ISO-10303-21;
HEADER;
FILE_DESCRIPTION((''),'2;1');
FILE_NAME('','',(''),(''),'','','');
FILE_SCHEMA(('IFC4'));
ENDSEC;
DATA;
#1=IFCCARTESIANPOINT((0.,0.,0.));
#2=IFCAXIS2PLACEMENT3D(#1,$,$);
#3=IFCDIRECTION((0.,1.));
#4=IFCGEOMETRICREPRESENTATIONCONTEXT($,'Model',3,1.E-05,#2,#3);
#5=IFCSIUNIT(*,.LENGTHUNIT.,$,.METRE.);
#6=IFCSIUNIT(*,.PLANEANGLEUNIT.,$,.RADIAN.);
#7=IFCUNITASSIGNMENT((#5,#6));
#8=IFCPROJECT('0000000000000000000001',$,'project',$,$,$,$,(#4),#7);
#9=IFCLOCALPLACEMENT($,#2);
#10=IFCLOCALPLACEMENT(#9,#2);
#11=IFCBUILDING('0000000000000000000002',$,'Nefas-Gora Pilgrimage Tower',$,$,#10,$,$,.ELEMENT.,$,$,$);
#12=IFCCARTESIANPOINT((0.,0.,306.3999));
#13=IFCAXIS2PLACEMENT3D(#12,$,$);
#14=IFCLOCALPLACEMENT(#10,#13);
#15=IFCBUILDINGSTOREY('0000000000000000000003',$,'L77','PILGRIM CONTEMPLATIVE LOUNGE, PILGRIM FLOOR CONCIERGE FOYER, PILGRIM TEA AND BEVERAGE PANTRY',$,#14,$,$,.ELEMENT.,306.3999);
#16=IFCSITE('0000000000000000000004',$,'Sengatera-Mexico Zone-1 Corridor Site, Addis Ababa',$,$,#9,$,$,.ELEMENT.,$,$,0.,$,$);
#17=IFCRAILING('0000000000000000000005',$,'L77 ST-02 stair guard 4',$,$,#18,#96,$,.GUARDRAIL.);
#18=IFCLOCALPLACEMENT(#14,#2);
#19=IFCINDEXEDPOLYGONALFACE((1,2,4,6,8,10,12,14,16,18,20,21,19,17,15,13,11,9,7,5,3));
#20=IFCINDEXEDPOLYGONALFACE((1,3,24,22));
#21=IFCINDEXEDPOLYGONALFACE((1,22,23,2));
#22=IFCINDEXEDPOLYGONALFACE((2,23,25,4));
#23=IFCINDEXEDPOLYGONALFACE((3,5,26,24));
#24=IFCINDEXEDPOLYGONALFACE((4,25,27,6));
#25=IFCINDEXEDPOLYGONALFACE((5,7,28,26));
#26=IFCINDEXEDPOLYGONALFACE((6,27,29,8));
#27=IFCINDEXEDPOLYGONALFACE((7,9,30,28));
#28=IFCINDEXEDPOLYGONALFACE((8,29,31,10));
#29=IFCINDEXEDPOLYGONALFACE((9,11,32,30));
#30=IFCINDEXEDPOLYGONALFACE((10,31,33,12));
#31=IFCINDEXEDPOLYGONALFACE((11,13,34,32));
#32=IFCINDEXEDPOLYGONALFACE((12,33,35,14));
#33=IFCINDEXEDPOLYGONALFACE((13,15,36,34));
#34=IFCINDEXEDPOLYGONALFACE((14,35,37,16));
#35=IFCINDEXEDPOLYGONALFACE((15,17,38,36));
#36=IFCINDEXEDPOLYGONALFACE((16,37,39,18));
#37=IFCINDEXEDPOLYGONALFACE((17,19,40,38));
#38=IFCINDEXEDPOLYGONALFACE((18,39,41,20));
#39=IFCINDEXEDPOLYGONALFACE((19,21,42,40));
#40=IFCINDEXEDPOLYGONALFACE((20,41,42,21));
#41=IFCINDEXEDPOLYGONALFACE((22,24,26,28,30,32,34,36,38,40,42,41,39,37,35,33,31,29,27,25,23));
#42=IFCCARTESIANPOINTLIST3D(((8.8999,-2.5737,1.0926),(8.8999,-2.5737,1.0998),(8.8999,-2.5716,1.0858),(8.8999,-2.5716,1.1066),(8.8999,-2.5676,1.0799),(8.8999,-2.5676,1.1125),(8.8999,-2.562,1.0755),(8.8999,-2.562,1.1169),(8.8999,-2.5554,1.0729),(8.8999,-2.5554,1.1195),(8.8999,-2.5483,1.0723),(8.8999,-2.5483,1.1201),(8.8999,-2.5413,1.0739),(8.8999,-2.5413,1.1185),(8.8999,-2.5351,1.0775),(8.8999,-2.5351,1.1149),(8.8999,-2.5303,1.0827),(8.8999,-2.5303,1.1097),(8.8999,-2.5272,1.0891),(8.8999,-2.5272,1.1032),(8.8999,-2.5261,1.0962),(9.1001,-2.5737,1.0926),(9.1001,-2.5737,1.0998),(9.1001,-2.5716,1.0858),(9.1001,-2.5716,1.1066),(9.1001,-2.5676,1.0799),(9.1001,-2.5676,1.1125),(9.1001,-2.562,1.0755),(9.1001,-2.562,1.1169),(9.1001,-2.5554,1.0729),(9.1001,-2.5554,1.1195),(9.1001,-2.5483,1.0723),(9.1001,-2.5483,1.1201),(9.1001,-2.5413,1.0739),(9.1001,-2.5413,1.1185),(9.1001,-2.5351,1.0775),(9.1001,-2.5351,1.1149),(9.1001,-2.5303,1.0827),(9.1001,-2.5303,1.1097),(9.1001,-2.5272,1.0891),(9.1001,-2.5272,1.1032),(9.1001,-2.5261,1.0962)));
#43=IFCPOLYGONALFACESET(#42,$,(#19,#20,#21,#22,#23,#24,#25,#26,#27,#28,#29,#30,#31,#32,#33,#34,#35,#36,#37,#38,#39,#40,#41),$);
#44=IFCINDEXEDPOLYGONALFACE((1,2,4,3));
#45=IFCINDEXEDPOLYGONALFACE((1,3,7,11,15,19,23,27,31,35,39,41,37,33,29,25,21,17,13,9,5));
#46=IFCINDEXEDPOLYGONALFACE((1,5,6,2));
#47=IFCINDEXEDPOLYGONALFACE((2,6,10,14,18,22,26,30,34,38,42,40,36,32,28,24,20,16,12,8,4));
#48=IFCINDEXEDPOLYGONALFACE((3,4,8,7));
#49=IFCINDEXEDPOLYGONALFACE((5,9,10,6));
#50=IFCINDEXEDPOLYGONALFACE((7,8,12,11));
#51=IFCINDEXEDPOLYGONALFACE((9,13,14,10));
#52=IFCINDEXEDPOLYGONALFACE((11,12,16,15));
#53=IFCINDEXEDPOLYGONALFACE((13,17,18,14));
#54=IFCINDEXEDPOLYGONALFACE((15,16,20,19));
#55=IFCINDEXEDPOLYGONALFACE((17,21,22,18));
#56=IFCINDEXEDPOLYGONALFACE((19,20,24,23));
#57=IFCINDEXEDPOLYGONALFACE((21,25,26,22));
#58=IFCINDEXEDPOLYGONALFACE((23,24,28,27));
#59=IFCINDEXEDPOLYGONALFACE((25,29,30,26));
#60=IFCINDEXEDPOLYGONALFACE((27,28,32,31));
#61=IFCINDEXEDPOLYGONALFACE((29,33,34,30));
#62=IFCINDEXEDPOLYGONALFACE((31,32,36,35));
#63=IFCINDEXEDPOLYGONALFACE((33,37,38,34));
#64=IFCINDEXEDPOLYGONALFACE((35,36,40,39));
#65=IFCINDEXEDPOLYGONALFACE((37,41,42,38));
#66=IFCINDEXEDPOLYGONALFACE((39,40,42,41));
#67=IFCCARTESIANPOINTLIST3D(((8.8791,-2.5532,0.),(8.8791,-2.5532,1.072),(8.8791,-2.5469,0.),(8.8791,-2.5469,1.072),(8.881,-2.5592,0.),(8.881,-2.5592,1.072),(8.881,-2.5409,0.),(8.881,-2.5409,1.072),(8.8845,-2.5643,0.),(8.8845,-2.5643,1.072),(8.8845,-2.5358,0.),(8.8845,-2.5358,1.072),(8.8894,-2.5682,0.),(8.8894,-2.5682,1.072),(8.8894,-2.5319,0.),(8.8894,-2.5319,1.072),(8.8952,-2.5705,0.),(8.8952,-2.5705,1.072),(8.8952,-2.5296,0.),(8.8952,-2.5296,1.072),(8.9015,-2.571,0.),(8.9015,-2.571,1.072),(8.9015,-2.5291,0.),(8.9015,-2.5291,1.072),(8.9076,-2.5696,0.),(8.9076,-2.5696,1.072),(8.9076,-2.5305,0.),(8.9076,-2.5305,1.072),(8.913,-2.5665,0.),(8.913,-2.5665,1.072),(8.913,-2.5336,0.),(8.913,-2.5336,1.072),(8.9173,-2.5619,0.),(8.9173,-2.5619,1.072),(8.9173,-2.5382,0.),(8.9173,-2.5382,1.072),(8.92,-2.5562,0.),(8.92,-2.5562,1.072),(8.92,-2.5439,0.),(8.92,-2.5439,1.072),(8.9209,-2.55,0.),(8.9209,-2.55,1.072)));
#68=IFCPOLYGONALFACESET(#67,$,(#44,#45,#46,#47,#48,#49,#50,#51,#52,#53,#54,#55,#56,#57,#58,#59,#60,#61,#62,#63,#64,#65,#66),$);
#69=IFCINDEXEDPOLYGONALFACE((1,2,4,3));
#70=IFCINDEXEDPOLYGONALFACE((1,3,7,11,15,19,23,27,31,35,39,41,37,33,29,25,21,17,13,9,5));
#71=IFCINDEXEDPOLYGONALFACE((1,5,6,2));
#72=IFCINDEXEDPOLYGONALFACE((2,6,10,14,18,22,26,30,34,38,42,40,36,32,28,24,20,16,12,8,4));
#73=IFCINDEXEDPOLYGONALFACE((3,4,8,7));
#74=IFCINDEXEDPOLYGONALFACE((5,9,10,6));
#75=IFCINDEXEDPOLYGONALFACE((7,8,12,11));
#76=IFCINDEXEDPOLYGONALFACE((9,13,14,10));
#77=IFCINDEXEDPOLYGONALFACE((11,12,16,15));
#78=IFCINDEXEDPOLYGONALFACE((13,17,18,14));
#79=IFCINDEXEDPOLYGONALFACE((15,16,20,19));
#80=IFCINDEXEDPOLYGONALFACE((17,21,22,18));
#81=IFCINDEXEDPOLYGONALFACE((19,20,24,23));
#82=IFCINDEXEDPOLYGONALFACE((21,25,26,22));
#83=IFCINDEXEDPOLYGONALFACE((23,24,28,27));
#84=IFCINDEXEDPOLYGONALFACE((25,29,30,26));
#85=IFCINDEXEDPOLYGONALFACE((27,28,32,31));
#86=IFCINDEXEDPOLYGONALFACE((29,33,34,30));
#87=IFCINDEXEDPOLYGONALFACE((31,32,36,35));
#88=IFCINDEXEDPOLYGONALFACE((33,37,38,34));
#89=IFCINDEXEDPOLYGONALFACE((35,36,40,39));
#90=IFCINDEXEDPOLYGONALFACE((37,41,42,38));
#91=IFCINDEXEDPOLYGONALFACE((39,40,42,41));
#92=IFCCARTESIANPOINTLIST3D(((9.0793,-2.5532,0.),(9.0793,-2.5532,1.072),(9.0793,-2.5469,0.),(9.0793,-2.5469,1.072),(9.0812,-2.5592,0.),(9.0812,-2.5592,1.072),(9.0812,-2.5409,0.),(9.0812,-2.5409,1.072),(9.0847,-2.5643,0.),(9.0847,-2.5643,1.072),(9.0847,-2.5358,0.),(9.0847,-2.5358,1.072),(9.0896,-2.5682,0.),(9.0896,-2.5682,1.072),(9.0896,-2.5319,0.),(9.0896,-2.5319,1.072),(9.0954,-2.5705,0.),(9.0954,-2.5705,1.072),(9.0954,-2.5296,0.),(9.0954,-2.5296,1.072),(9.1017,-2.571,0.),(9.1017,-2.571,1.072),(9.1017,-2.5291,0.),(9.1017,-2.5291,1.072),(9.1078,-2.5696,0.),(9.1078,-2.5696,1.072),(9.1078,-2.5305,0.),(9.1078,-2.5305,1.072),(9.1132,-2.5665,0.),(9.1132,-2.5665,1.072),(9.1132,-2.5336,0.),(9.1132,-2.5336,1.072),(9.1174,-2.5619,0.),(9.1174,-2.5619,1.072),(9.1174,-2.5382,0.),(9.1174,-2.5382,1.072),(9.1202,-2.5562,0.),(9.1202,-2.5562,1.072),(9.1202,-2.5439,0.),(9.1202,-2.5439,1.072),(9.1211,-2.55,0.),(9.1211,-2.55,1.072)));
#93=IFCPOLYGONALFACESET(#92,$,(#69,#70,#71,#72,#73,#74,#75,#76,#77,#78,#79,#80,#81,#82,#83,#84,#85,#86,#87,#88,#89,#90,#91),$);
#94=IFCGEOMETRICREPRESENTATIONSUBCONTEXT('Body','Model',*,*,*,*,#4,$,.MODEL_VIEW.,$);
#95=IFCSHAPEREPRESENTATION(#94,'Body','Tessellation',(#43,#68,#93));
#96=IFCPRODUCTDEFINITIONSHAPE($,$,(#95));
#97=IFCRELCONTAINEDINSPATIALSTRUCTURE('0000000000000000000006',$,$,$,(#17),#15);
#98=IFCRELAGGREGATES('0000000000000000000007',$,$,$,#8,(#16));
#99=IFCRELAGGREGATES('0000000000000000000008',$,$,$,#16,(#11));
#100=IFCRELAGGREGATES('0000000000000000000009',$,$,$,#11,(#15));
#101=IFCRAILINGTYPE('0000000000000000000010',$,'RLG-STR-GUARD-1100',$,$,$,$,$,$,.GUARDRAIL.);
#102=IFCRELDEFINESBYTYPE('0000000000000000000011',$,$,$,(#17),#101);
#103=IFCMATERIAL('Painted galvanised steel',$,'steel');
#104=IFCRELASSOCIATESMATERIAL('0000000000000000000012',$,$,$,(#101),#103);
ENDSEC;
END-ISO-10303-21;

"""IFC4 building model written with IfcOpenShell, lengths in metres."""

from ifc_helpers import new_model, si_unit, direction, frame, origin, origin_2d, place, context, subcontext, project, spatial, circle, extrude, material, type_object, element, save


model = new_model("IFC4")

# Units and contexts
model_context = context("Model", 3, precision=1e-05, world=origin(), true_north=direction((0.0, 1.0)))
body_context = subcontext(model_context, "Body", "Model", "MODEL_VIEW")
ifc_project = project(units=[si_unit("LENGTHUNIT", "METRE"), si_unit("PLANEANGLEUNIT", "RADIAN")], contexts=[model_context])

# Site, building, storey
site_placement = place(None, origin())
site = spatial("IfcSite", under=ifc_project, at=site_placement, Name="Sengatera-Mexico Zone-1 Corridor Site, Addis Ababa", CompositionType="ELEMENT", RefElevation=0.0)
building_placement = place(site_placement, origin())
building = spatial("IfcBuilding", under=site, at=building_placement, Name="Nefas-Gora Pilgrimage Tower", CompositionType="ELEMENT")
storey_placement = place(building_placement, frame((0.0, 0.0, 306.3999)))
storey = spatial("IfcBuildingStorey", under=building, at=storey_placement, Name="L77", Description="PILGRIM CONTEMPLATIVE LOUNGE, PILGRIM FLOOR CONCIERGE FOYER, PILGRIM TEA AND BEVERAGE PANTRY", CompositionType="ELEMENT", Elevation=306.3999)

# Railing
ifc_material_1 = material(Name="Painted galvanised steel", Category="steel")
railing_type_1 = type_object("IfcRailingType", Name="RLG-STR-GUARD-1100", PredefinedType="GUARDRAIL", material=ifc_material_1)
railing_1_placement = place(storey_placement, frame((8.8999, -2.55, 0.0)))
element("IfcRailing", 1, at=railing_1_placement, inside=storey, type_object=railing_type_1, Name="L77 ST-02 stair guard 4", PredefinedType="GUARDRAIL", context=body_context, shape_type="SweptSolid", body=[
    extrude(circle(Radius=0.0239, at=origin_2d()), frame((0.0, 0.0, 1.0962), z_axis=(1.0, 0.0, 0.0), x_axis=(0.0, 1.0, 0.0)), (0.0, 0.0, 1.0), 0.2002),
    extrude(circle(Radius=0.021, at=origin_2d()), origin(), (0.0, 0.0, 1.0), 1.072),
    extrude(circle(Radius=0.021, at=origin_2d()), frame((0.2002, 0.0, 0.0)), (0.0, 0.0, 1.0), 1.072),
])

save(model, "model.ifc")
